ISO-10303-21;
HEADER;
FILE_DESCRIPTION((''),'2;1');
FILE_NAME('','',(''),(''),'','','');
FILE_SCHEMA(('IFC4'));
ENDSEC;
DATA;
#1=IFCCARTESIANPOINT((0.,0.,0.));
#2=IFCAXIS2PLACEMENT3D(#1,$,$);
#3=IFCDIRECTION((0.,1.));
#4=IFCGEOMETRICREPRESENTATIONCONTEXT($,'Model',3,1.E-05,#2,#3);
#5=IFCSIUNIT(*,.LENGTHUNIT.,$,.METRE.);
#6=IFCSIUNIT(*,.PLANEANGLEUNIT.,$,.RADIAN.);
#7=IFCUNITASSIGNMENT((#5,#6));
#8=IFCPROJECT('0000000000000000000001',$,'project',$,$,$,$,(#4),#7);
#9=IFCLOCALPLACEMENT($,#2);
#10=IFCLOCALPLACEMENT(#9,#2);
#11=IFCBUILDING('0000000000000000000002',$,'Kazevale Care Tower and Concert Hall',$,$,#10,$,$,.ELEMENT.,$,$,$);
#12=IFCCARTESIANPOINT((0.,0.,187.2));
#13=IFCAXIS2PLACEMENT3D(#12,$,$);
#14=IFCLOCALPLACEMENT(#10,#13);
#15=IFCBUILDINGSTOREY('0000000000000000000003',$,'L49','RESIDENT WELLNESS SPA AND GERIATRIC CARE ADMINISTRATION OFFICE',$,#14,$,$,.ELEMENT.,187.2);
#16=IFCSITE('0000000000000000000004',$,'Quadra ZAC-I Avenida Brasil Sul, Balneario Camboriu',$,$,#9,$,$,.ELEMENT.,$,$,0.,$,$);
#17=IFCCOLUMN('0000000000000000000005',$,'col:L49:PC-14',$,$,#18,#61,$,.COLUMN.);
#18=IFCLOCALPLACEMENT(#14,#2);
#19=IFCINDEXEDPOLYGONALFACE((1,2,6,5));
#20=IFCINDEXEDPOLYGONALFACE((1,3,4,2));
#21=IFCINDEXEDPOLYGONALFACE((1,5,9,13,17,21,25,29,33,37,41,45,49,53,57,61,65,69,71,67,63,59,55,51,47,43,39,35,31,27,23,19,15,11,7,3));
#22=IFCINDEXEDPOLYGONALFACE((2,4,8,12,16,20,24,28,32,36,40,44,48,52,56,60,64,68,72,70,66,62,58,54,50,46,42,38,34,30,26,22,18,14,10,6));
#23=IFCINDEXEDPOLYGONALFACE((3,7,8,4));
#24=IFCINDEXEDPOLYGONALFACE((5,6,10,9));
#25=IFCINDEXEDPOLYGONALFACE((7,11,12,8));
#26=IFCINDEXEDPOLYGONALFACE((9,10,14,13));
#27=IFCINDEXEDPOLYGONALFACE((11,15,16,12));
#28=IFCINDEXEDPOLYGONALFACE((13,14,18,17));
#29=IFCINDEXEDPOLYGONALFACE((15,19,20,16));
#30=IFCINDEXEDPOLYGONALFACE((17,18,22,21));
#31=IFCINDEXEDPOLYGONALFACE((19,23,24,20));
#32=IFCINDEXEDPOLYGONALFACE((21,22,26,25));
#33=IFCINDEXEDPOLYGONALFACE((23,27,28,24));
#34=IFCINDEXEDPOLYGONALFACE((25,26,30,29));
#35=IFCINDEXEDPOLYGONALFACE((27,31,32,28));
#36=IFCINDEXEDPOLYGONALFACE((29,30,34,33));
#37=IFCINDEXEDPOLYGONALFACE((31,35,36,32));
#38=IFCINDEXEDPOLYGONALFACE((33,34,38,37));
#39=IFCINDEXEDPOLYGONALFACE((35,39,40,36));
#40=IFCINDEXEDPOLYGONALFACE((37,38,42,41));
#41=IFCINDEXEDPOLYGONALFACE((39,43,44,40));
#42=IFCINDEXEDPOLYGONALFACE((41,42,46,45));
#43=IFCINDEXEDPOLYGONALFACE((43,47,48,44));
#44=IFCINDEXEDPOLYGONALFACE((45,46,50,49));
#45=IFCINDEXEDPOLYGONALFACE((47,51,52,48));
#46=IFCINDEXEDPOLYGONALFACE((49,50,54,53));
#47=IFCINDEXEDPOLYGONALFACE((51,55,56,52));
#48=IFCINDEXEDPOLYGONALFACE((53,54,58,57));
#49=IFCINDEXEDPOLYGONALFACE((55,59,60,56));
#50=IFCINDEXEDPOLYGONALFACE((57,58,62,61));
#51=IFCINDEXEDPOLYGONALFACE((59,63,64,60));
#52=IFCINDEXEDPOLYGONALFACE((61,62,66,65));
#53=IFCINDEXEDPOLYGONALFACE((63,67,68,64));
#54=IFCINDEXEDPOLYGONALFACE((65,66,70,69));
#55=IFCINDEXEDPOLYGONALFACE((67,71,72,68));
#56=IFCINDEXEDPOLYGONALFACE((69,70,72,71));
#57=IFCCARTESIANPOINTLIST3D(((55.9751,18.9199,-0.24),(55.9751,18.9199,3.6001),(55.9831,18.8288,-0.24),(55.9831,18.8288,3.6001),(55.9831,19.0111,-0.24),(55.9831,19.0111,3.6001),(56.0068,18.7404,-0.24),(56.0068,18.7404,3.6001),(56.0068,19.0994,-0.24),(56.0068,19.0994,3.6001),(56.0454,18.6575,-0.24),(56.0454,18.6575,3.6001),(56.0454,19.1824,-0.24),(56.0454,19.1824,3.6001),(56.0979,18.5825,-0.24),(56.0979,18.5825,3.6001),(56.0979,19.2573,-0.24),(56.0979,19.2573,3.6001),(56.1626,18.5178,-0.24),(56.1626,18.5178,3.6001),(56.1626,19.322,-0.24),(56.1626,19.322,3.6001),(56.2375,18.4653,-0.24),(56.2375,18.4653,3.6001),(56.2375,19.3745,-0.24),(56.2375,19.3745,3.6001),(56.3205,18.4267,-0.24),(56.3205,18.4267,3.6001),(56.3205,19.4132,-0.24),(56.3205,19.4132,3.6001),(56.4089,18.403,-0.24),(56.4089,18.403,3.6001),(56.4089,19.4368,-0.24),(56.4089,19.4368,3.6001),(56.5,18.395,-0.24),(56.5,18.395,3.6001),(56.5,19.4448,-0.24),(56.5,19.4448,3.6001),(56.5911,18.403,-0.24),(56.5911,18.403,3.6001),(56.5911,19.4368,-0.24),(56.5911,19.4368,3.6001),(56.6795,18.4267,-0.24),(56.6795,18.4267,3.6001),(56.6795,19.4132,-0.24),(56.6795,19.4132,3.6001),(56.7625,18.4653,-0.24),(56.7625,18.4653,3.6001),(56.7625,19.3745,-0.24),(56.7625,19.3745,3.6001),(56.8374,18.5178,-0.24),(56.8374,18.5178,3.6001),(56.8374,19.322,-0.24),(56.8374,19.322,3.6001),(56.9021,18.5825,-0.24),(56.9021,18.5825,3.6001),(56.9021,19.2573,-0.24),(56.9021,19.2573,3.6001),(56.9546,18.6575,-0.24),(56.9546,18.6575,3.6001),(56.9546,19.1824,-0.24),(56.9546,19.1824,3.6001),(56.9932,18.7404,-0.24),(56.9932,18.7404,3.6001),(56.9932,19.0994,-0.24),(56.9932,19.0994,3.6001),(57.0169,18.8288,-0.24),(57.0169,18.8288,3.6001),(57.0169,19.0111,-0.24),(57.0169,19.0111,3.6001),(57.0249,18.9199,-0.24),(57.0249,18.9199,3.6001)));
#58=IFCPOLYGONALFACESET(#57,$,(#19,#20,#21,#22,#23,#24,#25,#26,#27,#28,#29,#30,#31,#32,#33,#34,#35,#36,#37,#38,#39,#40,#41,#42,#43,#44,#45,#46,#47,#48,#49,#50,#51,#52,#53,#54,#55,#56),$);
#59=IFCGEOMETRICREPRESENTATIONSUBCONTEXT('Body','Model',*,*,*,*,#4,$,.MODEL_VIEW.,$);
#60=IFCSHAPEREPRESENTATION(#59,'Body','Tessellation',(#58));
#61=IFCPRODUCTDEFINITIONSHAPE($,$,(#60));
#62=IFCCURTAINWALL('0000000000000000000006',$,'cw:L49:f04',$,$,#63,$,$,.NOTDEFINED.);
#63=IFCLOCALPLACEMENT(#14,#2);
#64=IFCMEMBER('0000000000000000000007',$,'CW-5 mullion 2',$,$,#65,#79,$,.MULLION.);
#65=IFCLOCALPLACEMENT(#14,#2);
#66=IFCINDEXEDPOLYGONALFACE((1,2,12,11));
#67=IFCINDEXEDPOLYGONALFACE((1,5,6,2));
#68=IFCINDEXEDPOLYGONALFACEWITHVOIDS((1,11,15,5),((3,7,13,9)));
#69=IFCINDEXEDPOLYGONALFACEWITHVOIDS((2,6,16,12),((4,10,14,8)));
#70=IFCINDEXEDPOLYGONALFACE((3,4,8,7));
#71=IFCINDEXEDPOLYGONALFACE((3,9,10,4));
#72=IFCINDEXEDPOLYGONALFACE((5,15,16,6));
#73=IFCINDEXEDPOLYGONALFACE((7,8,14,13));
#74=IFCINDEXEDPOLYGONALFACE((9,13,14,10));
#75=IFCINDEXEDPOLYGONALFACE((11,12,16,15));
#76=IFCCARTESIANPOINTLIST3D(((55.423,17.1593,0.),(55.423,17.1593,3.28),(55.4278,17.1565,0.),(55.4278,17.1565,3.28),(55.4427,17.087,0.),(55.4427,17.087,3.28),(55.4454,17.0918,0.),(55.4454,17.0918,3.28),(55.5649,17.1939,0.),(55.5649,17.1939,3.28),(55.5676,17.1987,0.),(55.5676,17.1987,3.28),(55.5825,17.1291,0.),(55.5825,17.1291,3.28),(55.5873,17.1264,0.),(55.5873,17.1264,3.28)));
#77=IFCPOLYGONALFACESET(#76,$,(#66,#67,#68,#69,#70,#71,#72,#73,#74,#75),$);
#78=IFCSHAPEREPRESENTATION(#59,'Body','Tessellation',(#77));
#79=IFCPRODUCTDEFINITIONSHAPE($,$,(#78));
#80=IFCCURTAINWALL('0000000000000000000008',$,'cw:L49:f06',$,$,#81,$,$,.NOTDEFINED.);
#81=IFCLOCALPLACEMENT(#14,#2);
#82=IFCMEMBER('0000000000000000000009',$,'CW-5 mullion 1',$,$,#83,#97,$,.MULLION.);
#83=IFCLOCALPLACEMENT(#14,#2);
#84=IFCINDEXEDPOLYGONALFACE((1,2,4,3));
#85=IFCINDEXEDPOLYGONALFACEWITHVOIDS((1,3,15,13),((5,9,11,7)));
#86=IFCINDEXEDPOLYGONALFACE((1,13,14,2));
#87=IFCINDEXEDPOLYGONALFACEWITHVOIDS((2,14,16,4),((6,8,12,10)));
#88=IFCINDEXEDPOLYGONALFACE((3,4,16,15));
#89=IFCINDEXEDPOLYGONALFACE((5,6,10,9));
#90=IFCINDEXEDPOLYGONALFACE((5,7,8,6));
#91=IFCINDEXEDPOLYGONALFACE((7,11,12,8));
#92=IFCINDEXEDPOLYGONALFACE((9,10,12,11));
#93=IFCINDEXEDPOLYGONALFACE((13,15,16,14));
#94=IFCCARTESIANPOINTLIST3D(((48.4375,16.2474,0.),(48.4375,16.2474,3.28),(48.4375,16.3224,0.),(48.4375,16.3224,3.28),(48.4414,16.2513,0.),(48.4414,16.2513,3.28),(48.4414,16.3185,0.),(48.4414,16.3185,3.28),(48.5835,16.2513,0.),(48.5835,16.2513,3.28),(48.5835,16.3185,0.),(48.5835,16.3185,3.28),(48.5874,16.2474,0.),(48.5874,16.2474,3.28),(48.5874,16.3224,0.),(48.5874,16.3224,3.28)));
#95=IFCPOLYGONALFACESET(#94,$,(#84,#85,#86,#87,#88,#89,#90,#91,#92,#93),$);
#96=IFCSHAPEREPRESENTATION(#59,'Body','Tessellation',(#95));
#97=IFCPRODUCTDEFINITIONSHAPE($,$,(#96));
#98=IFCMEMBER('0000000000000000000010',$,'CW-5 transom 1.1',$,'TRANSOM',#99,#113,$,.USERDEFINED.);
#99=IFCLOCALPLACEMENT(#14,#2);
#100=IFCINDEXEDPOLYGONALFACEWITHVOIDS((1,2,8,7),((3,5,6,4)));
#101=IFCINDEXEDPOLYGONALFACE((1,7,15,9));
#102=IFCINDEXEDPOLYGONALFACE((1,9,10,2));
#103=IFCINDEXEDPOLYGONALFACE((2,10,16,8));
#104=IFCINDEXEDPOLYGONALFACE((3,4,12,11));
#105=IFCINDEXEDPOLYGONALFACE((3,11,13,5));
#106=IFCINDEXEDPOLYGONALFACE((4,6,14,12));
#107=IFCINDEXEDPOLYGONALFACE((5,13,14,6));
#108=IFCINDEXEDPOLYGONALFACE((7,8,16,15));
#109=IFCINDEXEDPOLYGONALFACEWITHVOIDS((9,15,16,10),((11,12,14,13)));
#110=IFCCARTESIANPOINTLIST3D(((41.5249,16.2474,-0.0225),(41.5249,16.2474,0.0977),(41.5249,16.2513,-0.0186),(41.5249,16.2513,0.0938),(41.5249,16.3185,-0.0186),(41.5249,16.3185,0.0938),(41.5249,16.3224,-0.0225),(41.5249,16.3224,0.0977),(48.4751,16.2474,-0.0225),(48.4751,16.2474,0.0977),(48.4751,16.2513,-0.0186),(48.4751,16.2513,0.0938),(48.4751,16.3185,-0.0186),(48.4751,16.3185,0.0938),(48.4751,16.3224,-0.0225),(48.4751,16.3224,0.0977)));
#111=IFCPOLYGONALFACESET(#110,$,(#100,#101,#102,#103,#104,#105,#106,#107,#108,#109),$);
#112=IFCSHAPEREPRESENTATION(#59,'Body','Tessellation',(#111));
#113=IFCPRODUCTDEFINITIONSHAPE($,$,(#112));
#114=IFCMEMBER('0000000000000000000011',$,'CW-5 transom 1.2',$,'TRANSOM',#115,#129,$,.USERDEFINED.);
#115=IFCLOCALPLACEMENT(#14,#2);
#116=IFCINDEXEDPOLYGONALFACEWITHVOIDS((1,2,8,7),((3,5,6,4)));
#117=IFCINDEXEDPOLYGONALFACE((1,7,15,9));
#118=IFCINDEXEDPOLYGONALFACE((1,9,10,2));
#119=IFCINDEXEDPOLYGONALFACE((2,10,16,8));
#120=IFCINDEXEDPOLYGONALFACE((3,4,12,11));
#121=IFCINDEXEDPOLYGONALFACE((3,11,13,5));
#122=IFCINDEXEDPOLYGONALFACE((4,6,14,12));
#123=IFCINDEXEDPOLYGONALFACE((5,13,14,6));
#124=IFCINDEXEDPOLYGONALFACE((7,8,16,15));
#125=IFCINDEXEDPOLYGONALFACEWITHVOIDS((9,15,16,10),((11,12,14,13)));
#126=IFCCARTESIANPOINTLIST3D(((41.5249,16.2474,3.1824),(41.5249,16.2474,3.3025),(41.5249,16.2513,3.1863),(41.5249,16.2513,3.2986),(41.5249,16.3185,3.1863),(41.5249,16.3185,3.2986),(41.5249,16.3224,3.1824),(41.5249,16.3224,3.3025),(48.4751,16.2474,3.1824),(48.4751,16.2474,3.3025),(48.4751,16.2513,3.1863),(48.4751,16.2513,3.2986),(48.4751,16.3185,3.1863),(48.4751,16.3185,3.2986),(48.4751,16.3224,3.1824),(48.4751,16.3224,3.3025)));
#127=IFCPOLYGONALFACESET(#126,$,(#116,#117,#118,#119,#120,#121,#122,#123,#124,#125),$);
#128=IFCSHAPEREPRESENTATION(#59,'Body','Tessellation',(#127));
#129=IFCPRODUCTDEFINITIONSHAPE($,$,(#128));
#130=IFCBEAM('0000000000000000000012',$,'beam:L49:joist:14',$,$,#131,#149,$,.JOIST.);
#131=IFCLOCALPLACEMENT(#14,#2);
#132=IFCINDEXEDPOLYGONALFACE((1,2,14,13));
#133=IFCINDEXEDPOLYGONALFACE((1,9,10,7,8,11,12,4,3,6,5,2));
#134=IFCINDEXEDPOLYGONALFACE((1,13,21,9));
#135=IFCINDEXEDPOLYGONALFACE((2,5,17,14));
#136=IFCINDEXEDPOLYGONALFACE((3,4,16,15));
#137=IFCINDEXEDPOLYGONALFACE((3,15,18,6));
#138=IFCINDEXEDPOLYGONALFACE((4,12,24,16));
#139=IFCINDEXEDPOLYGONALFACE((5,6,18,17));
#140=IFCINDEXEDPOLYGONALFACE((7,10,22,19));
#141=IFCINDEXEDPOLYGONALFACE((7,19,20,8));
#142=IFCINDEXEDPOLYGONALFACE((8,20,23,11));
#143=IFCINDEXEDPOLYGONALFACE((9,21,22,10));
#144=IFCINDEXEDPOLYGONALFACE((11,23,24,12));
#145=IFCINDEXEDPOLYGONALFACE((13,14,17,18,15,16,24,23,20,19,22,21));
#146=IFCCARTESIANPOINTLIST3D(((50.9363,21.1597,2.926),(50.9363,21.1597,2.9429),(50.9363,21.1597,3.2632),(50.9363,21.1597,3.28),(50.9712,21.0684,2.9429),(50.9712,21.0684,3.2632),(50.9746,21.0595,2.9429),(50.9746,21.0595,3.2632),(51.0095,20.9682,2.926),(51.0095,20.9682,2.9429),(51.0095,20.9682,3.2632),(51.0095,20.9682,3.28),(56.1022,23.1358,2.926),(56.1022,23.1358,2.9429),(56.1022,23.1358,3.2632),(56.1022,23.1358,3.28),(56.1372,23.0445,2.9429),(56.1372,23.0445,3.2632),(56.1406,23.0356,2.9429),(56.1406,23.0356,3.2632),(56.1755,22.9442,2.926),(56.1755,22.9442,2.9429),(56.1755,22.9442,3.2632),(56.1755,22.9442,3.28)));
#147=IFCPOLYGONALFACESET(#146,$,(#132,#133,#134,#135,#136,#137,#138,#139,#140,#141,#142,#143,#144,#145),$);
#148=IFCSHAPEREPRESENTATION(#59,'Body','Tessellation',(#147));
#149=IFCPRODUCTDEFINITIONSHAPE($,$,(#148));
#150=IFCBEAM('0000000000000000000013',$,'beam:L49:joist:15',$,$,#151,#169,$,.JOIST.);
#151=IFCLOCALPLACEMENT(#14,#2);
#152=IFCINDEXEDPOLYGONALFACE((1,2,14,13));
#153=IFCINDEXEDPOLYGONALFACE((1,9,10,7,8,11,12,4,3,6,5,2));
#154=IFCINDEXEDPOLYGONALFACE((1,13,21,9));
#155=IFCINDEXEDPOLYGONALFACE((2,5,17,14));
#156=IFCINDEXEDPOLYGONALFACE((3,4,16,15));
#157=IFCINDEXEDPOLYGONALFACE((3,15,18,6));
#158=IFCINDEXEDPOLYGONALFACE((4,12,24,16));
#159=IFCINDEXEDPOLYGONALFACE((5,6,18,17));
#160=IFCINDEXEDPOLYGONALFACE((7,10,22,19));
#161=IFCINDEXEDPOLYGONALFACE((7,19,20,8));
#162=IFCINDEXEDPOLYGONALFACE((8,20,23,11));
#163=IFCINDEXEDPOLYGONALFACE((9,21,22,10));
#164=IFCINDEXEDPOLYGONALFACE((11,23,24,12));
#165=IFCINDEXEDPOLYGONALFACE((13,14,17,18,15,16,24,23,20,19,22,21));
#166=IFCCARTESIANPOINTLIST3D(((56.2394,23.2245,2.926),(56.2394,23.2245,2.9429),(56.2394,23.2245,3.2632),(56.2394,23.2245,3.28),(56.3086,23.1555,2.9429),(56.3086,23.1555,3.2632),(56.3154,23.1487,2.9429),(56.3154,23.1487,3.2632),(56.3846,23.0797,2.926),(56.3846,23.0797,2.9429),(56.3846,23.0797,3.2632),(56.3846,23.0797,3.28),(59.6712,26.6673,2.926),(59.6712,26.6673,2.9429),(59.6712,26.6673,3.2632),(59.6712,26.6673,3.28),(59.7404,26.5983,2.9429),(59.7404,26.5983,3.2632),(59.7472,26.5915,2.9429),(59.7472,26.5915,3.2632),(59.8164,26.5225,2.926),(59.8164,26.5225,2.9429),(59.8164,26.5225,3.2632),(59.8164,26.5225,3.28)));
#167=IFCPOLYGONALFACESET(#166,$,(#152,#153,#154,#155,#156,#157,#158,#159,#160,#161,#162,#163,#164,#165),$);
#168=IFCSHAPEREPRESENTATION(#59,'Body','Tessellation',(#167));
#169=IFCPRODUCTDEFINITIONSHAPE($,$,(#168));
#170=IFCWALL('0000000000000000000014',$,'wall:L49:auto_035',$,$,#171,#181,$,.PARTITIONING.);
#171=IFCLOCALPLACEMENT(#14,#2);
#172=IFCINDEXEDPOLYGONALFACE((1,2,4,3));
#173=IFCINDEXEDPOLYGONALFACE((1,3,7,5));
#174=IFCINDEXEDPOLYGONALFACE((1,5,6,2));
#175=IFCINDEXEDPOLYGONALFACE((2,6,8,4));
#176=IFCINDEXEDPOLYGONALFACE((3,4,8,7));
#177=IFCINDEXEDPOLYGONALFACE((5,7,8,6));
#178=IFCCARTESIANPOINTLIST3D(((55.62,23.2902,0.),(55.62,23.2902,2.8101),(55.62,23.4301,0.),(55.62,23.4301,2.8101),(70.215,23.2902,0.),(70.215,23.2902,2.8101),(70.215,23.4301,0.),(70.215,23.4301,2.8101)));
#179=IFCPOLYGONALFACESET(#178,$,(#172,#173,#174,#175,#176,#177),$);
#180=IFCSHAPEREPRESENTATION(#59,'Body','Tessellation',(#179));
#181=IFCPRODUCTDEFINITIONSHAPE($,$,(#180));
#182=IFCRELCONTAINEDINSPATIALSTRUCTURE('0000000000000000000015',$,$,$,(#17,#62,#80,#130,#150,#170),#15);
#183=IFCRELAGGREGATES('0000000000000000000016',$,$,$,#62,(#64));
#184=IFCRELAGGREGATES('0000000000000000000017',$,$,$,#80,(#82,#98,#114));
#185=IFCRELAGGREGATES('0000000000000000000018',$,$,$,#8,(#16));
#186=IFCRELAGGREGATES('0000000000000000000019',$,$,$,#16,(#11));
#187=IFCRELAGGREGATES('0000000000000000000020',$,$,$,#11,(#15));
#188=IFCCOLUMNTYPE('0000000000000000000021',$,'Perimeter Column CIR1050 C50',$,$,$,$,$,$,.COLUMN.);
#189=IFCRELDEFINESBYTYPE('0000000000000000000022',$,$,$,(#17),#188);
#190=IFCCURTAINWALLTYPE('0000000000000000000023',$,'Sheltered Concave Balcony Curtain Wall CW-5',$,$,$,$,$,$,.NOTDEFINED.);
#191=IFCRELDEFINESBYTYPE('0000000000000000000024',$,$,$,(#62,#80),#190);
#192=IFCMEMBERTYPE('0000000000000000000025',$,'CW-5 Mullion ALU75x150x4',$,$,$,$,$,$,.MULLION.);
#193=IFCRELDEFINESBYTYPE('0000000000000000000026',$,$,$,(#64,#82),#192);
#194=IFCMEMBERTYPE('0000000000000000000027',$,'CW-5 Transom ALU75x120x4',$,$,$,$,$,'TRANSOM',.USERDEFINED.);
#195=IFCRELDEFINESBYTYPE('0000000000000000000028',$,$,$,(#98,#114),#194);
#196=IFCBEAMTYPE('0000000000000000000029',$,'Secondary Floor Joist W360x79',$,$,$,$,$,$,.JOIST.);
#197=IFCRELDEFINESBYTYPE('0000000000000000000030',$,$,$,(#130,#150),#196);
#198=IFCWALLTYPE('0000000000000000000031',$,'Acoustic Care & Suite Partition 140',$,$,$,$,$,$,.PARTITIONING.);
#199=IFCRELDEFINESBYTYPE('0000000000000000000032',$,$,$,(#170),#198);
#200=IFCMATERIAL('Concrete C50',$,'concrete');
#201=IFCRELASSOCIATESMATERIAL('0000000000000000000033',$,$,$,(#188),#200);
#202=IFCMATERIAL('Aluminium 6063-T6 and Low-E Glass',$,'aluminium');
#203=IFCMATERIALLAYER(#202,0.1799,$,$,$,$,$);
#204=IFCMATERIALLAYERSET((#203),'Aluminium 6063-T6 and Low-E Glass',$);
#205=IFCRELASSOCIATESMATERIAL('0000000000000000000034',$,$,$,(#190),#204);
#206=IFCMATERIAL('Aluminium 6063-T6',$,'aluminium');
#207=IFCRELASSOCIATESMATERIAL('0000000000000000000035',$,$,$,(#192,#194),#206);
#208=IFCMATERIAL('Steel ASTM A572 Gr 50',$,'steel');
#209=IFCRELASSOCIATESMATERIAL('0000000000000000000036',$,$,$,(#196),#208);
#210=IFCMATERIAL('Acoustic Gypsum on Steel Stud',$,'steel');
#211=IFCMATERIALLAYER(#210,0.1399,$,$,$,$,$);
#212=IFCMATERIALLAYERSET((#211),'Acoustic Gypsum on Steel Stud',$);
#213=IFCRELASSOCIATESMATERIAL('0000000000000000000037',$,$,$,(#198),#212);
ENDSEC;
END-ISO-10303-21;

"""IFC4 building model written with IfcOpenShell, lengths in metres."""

from ifc_helpers import new_model, si_unit, direction, frame, frame_2d, origin, origin_2d, place, context, subcontext, project, spatial, rectangle, hollow_rectangle, circle, i_section, extrude, material, layer, layer_set, material_profile, profile_set, type_object, element, aggregate, save


model = new_model("IFC4")

# Units and contexts
model_context = context("Model", 3, precision=1e-05, world=origin(), true_north=direction((0.0, 1.0)))
body_context = subcontext(model_context, "Body", "Model", "MODEL_VIEW")
ifc_project = project(units=[si_unit("LENGTHUNIT", "METRE"), si_unit("PLANEANGLEUNIT", "RADIAN")], contexts=[model_context])

# Site, building, storey
site_placement = place(None, origin())
site = spatial("IfcSite", under=ifc_project, at=site_placement, Name="Quadra ZAC-I Avenida Brasil Sul, Balneario Camboriu", CompositionType="ELEMENT", RefElevation=0.0)
building_placement = place(site_placement, origin())
building = spatial("IfcBuilding", under=site, at=building_placement, Name="Kazevale Care Tower and Concert Hall", CompositionType="ELEMENT")
storey_placement = place(building_placement, frame((0.0, 0.0, 187.2)))
storey = spatial("IfcBuildingStorey", under=building, at=storey_placement, Name="L49", Description="RESIDENT WELLNESS SPA AND GERIATRIC CARE ADMINISTRATION OFFICE", CompositionType="ELEMENT", Elevation=187.2)

# Column
ifc_material_1 = material(Name="Concrete C50", Category="concrete")
ifc_material_profile_1 = material_profile(ifc_material_1, circle(Radius=0.5249, at=origin_2d()), Name="RC-CIR1050")
ifc_profile_set_1 = profile_set([ifc_material_profile_1], Name="Concrete C50")
column_type = type_object("IfcColumnType", Name="Perimeter Column CIR1050 C50", PredefinedType="COLUMN", material=ifc_profile_set_1)
column_placement = place(storey_placement, frame((56.5, 18.9199, -0.24), z_axis=(0.0, 0.0, 1.0), x_axis=(1.0, 0.0, 0.0)))
element("IfcColumn", 1, at=column_placement, inside=storey, type_object=column_type, Name="col:L49:PC-14", PredefinedType="COLUMN", context=body_context, shape_type="SweptSolid", body=[
    extrude(circle(Radius=0.5249, at=origin_2d()), origin(), (0.0, 0.0, 1.0), 3.8401),
])

# Curtain wall, member
ifc_material_2 = material(Name="Aluminium 6063-T6 and Low-E Glass", Category="aluminium")
ifc_layer_1 = layer(ifc_material_2, 0.1799)
ifc_layer_set_1 = layer_set([ifc_layer_1], Name="Aluminium 6063-T6 and Low-E Glass")
curtain_wall_type = type_object("IfcCurtainWallType", Name="Sheltered Concave Balcony Curtain Wall CW-5", PredefinedType="NOTDEFINED", material=ifc_layer_set_1)
curtain_wall_1_placement = place(storey_placement, origin())
curtain_wall_1 = element("IfcCurtainWall", 2, at=curtain_wall_1_placement, inside=storey, type_object=curtain_wall_type, Name="cw:L49:f04", PredefinedType="NOTDEFINED")
ifc_material_3 = material(Name="Aluminium 6063-T6", Category="aluminium")
ifc_material_profile_2 = material_profile(ifc_material_3, hollow_rectangle(XDim=0.075, YDim=0.1499, WallThickness=0.0039, at=origin_2d()), Name="ALU75x150x4")
ifc_profile_set_2 = profile_set([ifc_material_profile_2], Name="Aluminium 6063-T6")
member_type_1 = type_object("IfcMemberType", Name="CW-5 Mullion ALU75x150x4", PredefinedType="MULLION", material=ifc_profile_set_2)
member_1_placement = place(storey_placement, frame((55.5051, 17.1428, 0.0), z_axis=(0.0, 0.0, 1.0), x_axis=(0.262849, -0.964837, 0.0)))
member_1 = element("IfcMember", 3, at=member_1_placement, type_object=member_type_1, Name="CW-5 mullion 2", PredefinedType="MULLION", context=body_context, shape_type="SweptSolid", body=[
    extrude(hollow_rectangle(XDim=0.075, YDim=0.1499, WallThickness=0.0039, at=origin_2d()), origin(), (0.0, 0.0, 1.0), 3.28),
])
aggregate(curtain_wall_1, [member_1])

# Curtain wall, members
curtain_wall_2_placement = place(storey_placement, origin())
curtain_wall_2 = element("IfcCurtainWall", 4, at=curtain_wall_2_placement, inside=storey, type_object=curtain_wall_type, Name="cw:L49:f06", PredefinedType="NOTDEFINED")
member_2_placement = place(storey_placement, frame((48.5125, 16.2849, 0.0), z_axis=(0.0, 0.0, 1.0), x_axis=(0.0, -1.0, 0.0)))
member_2 = element("IfcMember", 5, at=member_2_placement, type_object=member_type_1, Name="CW-5 mullion 1", PredefinedType="MULLION", context=body_context, shape_type="SweptSolid", body=[
    extrude(hollow_rectangle(XDim=0.075, YDim=0.1499, WallThickness=0.0039, at=origin_2d()), origin(), (0.0, 0.0, 1.0), 3.28),
])
ifc_material_profile_3 = material_profile(ifc_material_3, hollow_rectangle(XDim=0.075, YDim=0.1201, WallThickness=0.0039, at=origin_2d()), Name="ALU75x120x4")
ifc_profile_set_3 = profile_set([ifc_material_profile_3], Name="Aluminium 6063-T6")
member_type_2 = type_object("IfcMemberType", Name="CW-5 Transom ALU75x120x4", ElementType="TRANSOM", PredefinedType="USERDEFINED", material=ifc_profile_set_3)
member_3_placement = place(storey_placement, frame((48.4751, 16.2849, 0.0376), z_axis=(-1.0, 0.0, 0.0), x_axis=(0.0, -1.0, 0.0)))
member_3 = element("IfcMember", 6, at=member_3_placement, type_object=member_type_2, Name="CW-5 transom 1.1", ObjectType="TRANSOM", PredefinedType="USERDEFINED", context=body_context, shape_type="SweptSolid", body=[
    extrude(hollow_rectangle(XDim=0.075, YDim=0.1201, WallThickness=0.0039, at=origin_2d()), origin(), (0.0, 0.0, 1.0), 6.9502),
])
member_4_placement = place(storey_placement, frame((48.4751, 16.2849, 3.2424), z_axis=(-1.0, 0.0, 0.0), x_axis=(0.0, -1.0, 0.0)))
member_4 = element("IfcMember", 7, at=member_4_placement, type_object=member_type_2, Name="CW-5 transom 1.2", ObjectType="TRANSOM", PredefinedType="USERDEFINED", context=body_context, shape_type="SweptSolid", body=[
    extrude(hollow_rectangle(XDim=0.075, YDim=0.1201, WallThickness=0.0039, at=origin_2d()), origin(), (0.0, 0.0, 1.0), 6.9502),
])
aggregate(curtain_wall_2, [member_2, member_3, member_4])

# Beams
ifc_material_4 = material(Name="Steel ASTM A572 Gr 50", Category="steel")
ifc_material_profile_4 = material_profile(ifc_material_4, i_section(OverallWidth=0.2051, OverallDepth=0.354, WebThickness=0.0095, FlangeThickness=0.0168, at=origin_2d()), Name="W360x79")
ifc_profile_set_4 = profile_set([ifc_material_profile_4], Name="Steel ASTM A572 Gr 50")
beam_type = type_object("IfcBeamType", Name="Secondary Floor Joist W360x79", PredefinedType="JOIST", material=ifc_profile_set_4)
beam_1_placement = place(storey_placement, frame((50.9729, 21.064, 3.103), z_axis=(0.934002, 0.357269, 0.0), x_axis=(-0.357269, 0.934002, 0.0)))
element("IfcBeam", 8, at=beam_1_placement, inside=storey, type_object=beam_type, Name="beam:L49:joist:14", PredefinedType="JOIST", context=body_context, shape_type="SweptSolid", body=[
    extrude(i_section(OverallWidth=0.2051, OverallDepth=0.354, WebThickness=0.0095, FlangeThickness=0.0168, at=origin_2d()), origin(), (0.0, 0.0, 1.0), 5.531),
])
beam_2_placement = place(storey_placement, frame((56.312, 23.1521, 3.103), z_axis=(0.705976, 0.708236, 0.0), x_axis=(-0.708236, 0.705976, 0.0)))
element("IfcBeam", 9, at=beam_2_placement, inside=storey, type_object=beam_type, Name="beam:L49:joist:15", PredefinedType="JOIST", context=body_context, shape_type="SweptSolid", body=[
    extrude(i_section(OverallWidth=0.2051, OverallDepth=0.354, WebThickness=0.0095, FlangeThickness=0.0168, at=origin_2d()), origin(), (0.0, 0.0, 1.0), 4.8611),
])

# Wall
ifc_material_5 = material(Name="Acoustic Gypsum on Steel Stud", Category="steel")
ifc_layer_2 = layer(ifc_material_5, 0.1399)
ifc_layer_set_2 = layer_set([ifc_layer_2], Name="Acoustic Gypsum on Steel Stud")
wall_type_1 = type_object("IfcWallType", Name="Acoustic Care & Suite Partition 140", PredefinedType="PARTITIONING", material=ifc_layer_set_2)
wall_1_placement = place(storey_placement, frame((55.6201, 23.3601, 0.0), z_axis=(0.0, 0.0, 1.0), x_axis=(1.0, 0.0, 0.0)))
element("IfcWall", 10, at=wall_1_placement, inside=storey, type_object=wall_type_1, Name="wall:L49:auto_035", PredefinedType="PARTITIONING", context=body_context, shape_type="SweptSolid", body=[
    extrude(rectangle(XDim=14.595, YDim=0.1399, at=frame_2d((7.2974, 0.0))), origin(), (0.0, 0.0, 1.0), 2.8101),
])

save(model, "model.ifc")
